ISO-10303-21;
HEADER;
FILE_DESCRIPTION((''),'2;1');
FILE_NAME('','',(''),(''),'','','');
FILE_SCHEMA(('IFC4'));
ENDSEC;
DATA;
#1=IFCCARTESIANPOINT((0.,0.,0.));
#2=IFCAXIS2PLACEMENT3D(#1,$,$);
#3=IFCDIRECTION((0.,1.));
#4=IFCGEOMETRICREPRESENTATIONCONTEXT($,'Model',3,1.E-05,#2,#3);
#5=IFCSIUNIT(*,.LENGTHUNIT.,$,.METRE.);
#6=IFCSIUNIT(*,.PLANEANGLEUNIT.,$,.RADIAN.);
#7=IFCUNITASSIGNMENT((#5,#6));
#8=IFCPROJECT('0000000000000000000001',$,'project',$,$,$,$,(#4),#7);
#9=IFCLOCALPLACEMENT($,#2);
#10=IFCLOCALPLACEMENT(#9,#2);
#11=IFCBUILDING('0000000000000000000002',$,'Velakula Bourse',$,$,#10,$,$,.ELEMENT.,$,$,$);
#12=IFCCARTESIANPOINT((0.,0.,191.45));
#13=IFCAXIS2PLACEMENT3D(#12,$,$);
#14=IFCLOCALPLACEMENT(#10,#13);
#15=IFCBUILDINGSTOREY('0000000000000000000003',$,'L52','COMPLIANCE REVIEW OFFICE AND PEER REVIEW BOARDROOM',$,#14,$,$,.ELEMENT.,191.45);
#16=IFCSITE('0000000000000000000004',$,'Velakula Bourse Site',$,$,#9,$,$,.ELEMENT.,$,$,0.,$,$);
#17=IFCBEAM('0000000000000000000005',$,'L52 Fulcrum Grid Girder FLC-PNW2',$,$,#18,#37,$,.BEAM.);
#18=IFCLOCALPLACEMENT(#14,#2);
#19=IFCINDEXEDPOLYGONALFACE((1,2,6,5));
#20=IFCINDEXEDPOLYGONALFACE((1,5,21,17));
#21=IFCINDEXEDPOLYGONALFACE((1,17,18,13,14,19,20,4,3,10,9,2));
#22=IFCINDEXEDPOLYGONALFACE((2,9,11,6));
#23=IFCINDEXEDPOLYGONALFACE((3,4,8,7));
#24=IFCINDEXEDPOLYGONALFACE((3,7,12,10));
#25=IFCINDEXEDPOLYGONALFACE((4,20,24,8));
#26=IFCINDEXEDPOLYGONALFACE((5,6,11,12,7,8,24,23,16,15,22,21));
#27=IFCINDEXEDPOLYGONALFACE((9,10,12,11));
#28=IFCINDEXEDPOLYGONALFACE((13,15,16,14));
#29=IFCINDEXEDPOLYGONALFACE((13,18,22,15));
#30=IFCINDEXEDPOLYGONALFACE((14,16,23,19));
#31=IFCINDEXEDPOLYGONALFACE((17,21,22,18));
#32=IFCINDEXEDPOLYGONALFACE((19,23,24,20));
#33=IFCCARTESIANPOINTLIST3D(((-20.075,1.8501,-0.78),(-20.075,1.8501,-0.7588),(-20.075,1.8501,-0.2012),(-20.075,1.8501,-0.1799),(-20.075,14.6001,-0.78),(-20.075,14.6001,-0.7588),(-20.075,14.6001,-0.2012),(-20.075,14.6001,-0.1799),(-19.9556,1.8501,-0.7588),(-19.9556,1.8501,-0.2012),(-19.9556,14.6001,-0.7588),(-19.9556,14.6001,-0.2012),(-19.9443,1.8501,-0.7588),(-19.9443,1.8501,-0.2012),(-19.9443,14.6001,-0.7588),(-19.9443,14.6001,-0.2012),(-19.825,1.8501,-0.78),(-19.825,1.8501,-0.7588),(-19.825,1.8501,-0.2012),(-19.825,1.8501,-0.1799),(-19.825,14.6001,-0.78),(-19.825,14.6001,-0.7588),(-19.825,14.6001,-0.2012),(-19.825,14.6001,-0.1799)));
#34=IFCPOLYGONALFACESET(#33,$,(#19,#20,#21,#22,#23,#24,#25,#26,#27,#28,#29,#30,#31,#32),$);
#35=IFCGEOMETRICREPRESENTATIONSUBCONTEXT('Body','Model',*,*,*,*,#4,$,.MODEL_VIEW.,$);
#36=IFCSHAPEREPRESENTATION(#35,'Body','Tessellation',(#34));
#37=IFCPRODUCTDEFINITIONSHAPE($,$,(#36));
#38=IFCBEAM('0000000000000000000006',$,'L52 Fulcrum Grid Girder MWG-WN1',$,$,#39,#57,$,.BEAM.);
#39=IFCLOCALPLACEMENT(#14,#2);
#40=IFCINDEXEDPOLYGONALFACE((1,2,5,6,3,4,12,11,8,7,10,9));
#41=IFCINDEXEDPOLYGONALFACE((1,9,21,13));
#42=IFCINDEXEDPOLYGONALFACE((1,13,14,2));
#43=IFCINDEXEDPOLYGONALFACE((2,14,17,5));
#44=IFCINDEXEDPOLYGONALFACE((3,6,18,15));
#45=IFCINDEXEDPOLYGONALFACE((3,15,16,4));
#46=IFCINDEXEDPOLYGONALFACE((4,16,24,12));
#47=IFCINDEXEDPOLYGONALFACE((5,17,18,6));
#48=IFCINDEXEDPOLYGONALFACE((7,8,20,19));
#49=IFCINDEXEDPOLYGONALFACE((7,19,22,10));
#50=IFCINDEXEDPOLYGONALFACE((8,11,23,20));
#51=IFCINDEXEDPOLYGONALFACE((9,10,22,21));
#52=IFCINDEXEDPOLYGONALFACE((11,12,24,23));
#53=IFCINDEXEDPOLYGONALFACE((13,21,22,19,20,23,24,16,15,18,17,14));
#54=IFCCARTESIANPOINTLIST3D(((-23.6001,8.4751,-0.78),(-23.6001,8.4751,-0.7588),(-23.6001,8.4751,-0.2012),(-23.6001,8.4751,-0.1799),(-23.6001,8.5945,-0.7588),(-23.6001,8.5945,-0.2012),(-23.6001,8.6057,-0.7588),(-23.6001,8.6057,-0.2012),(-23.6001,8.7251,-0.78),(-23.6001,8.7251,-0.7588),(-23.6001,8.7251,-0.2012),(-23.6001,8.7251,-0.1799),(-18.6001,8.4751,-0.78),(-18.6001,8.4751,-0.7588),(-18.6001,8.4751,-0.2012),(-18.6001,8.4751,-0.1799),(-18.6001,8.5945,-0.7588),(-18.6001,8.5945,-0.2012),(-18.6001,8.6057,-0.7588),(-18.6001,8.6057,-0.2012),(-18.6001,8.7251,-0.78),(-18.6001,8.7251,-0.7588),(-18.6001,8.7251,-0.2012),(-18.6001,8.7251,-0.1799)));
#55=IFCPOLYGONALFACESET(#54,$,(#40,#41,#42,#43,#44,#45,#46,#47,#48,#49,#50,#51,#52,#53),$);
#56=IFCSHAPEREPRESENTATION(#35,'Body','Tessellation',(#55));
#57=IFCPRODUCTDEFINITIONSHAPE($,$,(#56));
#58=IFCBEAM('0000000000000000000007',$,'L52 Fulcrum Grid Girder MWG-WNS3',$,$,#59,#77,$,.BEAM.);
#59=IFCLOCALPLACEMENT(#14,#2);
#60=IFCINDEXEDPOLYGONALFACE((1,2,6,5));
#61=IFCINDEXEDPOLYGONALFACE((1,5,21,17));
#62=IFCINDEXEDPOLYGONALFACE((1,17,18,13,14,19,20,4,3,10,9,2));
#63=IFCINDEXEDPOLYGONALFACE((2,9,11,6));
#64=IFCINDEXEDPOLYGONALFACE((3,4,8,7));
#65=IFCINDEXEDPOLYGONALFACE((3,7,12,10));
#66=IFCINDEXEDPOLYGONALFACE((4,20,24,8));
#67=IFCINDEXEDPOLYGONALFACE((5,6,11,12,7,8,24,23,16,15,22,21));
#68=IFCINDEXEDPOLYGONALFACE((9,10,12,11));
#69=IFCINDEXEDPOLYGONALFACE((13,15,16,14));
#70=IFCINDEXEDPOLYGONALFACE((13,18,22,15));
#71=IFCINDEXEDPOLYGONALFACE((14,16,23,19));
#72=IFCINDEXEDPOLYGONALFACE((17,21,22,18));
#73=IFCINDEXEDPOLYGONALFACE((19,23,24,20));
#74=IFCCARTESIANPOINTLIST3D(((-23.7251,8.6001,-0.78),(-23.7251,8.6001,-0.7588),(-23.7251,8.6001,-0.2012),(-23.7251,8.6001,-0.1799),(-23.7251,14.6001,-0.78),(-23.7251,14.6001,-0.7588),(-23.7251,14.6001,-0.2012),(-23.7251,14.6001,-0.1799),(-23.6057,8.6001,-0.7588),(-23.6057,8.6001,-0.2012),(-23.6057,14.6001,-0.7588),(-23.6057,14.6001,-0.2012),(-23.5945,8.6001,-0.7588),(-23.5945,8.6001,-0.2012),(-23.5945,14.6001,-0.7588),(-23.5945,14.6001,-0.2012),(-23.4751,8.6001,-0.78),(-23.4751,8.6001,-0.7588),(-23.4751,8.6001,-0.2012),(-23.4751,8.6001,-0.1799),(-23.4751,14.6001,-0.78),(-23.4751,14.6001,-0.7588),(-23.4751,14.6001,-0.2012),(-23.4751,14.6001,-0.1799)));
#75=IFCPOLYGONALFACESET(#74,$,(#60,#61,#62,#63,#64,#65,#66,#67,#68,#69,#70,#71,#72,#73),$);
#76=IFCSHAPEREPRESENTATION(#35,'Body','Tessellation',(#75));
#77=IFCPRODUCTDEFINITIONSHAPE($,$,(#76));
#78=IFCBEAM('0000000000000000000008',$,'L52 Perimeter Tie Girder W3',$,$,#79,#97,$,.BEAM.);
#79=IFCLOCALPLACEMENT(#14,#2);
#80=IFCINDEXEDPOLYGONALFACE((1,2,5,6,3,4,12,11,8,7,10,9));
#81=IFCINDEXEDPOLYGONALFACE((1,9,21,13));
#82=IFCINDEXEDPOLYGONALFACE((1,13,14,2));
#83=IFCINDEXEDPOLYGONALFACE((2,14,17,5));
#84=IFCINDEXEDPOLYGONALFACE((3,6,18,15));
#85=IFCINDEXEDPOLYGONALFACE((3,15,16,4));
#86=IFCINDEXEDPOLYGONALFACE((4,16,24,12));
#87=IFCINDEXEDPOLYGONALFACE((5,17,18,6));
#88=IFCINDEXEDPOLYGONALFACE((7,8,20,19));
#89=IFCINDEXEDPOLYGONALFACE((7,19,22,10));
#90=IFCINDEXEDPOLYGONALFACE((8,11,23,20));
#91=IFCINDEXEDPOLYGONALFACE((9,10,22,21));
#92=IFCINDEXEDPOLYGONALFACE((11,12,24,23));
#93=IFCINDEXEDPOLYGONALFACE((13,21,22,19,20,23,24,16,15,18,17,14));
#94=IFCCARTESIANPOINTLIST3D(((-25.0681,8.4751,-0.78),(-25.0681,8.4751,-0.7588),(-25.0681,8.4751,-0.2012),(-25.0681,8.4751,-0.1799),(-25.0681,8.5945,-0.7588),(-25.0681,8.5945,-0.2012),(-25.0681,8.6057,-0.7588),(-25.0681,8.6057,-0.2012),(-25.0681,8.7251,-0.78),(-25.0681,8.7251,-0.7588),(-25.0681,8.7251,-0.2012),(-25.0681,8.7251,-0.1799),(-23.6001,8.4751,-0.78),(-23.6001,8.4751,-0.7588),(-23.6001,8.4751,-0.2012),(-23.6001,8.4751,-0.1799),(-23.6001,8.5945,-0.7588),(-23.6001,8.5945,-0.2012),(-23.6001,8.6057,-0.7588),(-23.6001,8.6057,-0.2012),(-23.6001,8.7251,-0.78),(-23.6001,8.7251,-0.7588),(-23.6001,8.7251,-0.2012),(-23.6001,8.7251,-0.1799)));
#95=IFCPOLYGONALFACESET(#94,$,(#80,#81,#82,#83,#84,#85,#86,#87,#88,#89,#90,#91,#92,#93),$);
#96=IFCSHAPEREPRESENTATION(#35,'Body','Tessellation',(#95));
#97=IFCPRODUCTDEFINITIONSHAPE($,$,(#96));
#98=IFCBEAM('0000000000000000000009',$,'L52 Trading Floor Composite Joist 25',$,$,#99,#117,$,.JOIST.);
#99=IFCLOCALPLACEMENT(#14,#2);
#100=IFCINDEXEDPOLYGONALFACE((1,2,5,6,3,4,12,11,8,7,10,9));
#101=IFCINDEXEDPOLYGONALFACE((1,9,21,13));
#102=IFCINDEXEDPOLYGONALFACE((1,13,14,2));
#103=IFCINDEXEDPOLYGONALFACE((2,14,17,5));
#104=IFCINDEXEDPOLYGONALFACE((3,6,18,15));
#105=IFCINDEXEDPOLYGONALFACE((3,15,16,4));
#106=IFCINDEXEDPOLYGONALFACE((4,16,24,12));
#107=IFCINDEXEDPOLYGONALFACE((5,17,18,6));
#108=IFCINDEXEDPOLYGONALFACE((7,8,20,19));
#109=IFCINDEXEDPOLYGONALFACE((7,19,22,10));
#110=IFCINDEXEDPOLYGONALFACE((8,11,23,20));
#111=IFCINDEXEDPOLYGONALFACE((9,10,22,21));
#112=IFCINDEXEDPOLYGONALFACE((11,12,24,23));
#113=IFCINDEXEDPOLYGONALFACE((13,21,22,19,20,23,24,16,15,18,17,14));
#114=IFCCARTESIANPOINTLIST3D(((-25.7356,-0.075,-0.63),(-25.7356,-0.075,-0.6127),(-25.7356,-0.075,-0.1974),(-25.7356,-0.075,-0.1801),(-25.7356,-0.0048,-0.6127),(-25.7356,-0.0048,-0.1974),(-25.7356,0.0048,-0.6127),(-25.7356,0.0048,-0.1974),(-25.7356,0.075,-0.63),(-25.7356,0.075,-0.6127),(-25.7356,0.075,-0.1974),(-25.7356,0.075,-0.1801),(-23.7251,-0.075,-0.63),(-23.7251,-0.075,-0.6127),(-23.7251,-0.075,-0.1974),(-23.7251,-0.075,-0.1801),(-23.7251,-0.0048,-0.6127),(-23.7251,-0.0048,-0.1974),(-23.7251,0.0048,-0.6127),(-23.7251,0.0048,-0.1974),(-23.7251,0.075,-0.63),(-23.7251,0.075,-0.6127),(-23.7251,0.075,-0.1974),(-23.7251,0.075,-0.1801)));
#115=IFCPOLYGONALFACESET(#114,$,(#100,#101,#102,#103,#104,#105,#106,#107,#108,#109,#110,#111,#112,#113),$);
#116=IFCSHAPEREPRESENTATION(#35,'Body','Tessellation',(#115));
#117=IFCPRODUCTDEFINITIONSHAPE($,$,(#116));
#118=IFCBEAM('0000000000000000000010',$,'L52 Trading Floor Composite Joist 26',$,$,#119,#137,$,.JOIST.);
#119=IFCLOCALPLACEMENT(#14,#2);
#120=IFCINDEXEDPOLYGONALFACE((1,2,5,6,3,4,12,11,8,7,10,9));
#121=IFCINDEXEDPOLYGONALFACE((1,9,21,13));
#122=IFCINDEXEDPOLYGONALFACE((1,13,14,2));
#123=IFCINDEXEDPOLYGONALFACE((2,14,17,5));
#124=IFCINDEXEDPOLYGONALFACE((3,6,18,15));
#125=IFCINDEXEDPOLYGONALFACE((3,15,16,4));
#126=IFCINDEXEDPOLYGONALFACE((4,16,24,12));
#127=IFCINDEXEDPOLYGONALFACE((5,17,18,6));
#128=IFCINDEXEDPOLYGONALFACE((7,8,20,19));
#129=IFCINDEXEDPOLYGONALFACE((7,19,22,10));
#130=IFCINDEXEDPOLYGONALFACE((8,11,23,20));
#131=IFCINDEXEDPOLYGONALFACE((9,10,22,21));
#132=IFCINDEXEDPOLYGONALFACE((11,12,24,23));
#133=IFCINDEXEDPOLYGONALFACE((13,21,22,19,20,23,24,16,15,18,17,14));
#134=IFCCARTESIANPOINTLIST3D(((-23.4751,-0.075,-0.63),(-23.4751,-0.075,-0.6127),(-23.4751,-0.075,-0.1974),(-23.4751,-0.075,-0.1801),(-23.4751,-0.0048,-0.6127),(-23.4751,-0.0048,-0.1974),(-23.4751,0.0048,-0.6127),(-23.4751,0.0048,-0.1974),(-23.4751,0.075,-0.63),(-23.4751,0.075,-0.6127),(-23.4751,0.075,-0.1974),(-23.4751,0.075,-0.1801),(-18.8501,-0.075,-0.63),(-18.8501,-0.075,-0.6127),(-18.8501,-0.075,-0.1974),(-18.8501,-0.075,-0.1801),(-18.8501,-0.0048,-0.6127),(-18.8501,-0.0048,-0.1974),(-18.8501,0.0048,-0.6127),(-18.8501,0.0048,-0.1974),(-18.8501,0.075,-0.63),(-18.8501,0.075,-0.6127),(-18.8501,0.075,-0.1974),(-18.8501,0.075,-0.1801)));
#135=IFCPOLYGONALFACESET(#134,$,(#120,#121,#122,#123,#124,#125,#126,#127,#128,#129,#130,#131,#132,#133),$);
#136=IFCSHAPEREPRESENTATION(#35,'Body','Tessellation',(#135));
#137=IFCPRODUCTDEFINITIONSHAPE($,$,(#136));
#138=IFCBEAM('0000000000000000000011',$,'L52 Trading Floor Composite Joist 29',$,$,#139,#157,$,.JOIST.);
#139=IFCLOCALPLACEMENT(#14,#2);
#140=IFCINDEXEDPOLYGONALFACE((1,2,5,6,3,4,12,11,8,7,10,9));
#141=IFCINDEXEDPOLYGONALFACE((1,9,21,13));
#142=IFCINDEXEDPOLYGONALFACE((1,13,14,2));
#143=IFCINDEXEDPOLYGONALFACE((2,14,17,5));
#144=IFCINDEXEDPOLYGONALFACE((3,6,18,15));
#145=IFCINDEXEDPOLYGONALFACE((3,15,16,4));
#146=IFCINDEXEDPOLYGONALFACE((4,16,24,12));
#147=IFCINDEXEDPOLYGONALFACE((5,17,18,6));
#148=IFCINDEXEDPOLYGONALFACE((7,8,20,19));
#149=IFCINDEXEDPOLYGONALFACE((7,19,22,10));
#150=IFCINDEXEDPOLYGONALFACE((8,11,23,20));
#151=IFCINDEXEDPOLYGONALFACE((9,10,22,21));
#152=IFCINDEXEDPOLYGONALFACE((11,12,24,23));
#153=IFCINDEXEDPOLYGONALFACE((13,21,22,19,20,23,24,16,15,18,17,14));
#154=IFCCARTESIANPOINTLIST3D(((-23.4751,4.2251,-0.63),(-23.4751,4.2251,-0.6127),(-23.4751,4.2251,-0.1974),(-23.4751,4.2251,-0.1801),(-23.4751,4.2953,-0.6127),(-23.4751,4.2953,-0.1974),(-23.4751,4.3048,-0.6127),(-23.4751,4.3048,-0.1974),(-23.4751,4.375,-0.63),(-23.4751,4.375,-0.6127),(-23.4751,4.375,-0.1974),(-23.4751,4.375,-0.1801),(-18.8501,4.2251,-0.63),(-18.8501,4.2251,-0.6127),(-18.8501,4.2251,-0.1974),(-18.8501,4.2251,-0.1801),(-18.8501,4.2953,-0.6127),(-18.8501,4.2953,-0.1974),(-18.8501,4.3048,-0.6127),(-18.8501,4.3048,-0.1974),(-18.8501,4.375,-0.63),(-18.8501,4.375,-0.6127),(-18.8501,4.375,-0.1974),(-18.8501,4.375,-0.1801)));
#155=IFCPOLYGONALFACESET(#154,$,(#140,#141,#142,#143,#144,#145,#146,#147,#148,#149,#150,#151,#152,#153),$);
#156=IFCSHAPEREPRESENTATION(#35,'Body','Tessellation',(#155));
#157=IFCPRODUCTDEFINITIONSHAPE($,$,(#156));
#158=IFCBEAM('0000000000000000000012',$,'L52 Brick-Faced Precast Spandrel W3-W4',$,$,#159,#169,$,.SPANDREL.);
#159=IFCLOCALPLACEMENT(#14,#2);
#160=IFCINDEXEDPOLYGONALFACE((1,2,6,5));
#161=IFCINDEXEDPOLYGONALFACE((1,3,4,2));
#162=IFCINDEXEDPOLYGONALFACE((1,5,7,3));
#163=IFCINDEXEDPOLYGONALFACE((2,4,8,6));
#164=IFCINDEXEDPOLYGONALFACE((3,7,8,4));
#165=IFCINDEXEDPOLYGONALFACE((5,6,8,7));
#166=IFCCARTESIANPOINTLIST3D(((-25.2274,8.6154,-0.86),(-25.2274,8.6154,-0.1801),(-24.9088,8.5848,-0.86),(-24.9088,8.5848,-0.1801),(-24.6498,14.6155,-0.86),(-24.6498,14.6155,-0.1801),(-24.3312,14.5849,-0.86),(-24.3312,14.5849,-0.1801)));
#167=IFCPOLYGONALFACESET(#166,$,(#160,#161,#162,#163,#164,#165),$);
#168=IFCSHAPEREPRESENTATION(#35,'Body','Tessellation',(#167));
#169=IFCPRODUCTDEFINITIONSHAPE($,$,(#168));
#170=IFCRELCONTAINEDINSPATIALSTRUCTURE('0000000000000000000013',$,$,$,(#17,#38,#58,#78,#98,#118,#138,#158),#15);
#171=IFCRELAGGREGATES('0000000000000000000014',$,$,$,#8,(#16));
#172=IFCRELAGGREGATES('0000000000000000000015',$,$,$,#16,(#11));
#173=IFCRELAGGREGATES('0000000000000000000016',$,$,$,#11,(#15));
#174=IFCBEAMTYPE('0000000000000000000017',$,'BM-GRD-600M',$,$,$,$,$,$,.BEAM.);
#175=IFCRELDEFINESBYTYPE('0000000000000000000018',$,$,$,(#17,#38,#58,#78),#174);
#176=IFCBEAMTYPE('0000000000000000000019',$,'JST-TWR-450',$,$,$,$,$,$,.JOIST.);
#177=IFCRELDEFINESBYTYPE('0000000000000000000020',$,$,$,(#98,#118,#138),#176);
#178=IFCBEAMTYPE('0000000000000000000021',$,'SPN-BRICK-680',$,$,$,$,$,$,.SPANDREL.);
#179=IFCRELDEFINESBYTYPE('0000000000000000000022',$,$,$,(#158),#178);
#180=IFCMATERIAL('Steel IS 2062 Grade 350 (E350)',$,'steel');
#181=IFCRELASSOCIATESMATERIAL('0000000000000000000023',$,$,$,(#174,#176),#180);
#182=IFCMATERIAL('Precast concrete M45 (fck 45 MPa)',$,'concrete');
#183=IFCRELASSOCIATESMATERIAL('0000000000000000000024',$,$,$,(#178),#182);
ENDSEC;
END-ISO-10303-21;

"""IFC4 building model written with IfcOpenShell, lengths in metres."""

from ifc_helpers import new_model, si_unit, direction, frame, origin, origin_2d, place, context, subcontext, project, spatial, rectangle, i_section, extrude, material, material_profile, profile_set, type_object, element, save


model = new_model("IFC4")

# Units and contexts
model_context = context("Model", 3, precision=1e-05, world=origin(), true_north=direction((0.0, 1.0)))
body_context = subcontext(model_context, "Body", "Model", "MODEL_VIEW")
ifc_project = project(units=[si_unit("LENGTHUNIT", "METRE"), si_unit("PLANEANGLEUNIT", "RADIAN")], contexts=[model_context])

# Site, building, storey
site_placement = place(None, origin())
site = spatial("IfcSite", under=ifc_project, at=site_placement, Name="Velakula Bourse Site", CompositionType="ELEMENT", RefElevation=0.0)
building_placement = place(site_placement, origin())
building = spatial("IfcBuilding", under=site, at=building_placement, Name="Velakula Bourse", CompositionType="ELEMENT")
storey_placement = place(building_placement, frame((0.0, 0.0, 191.45)))
storey = spatial("IfcBuildingStorey", under=building, at=storey_placement, Name="L52", Description="COMPLIANCE REVIEW OFFICE AND PEER REVIEW BOARDROOM", CompositionType="ELEMENT", Elevation=191.45)

# Shared definitions
ifc_material_1 = material(Name="Steel IS 2062 Grade 350 (E350)", Category="steel")

# Beams
ifc_material_profile_1 = material_profile(ifc_material_1, i_section(OverallWidth=0.25, OverallDepth=0.6001, WebThickness=0.0112, FlangeThickness=0.0212, at=origin_2d()), Name="Steel IS 2062 Grade 350 (E350)")
ifc_profile_set_1 = profile_set([ifc_material_profile_1], Name="Steel IS 2062 Grade 350 (E350)")
beam_type_1 = type_object("IfcBeamType", Name="BM-GRD-600M", PredefinedType="BEAM", material=ifc_profile_set_1)
for number, where, z_axis, x_axis, name in (
    (1, (-19.95, 1.8501, -0.48), (0.0, 1.0, 0.0), (-1.0, 0.0, 0.0), "L52 Fulcrum Grid Girder FLC-PNW2"),
):
    element("IfcBeam", number, at=place(storey_placement, frame(where, z_axis=z_axis, x_axis=x_axis)), inside=storey, type_object=beam_type_1, Name=name, PredefinedType="BEAM", context=body_context, shape_type="SweptSolid", body=[
        extrude(i_section(OverallWidth=0.25, OverallDepth=0.6001, WebThickness=0.0112, FlangeThickness=0.0212, at=origin_2d()), origin(), (0.0, 0.0, 1.0), 12.75),
    ])
beam_1_placement = place(storey_placement, frame((-23.6001, 8.6001, -0.48), z_axis=(1.0, 0.0, 0.0), x_axis=(0.0, 1.0, 0.0)))
element("IfcBeam", 2, at=beam_1_placement, inside=storey, type_object=beam_type_1, Name="L52 Fulcrum Grid Girder MWG-WN1", PredefinedType="BEAM", context=body_context, shape_type="SweptSolid", body=[
    extrude(i_section(OverallWidth=0.25, OverallDepth=0.6001, WebThickness=0.0112, FlangeThickness=0.0212, at=origin_2d()), origin(), (0.0, 0.0, 1.0), 5.0),
])
beam_2_placement = place(storey_placement, frame((-23.6001, 8.6001, -0.48), z_axis=(0.0, 1.0, 0.0), x_axis=(-1.0, 0.0, 0.0)))
element("IfcBeam", 3, at=beam_2_placement, inside=storey, type_object=beam_type_1, Name="L52 Fulcrum Grid Girder MWG-WNS3", PredefinedType="BEAM", context=body_context, shape_type="SweptSolid", body=[
    extrude(i_section(OverallWidth=0.25, OverallDepth=0.6001, WebThickness=0.0112, FlangeThickness=0.0212, at=origin_2d()), origin(), (0.0, 0.0, 1.0), 6.0),
])
beam_3_placement = place(storey_placement, frame((-23.6001, 8.6001, -0.48), z_axis=(-1.0, 0.0, 0.0), x_axis=(0.0, -1.0, 0.0)))
element("IfcBeam", 4, at=beam_3_placement, inside=storey, type_object=beam_type_1, Name="L52 Perimeter Tie Girder W3", PredefinedType="BEAM", context=body_context, shape_type="SweptSolid", body=[
    extrude(i_section(OverallWidth=0.25, OverallDepth=0.6001, WebThickness=0.0112, FlangeThickness=0.0212, at=origin_2d()), origin(), (0.0, 0.0, 1.0), 1.468),
])
ifc_material_profile_2 = material_profile(ifc_material_1, i_section(OverallWidth=0.1499, OverallDepth=0.45, WebThickness=0.0095, FlangeThickness=0.0173, at=origin_2d()), Name="Steel IS 2062 Grade 350 (E350)")
ifc_profile_set_2 = profile_set([ifc_material_profile_2], Name="Steel IS 2062 Grade 350 (E350)")
beam_type_2 = type_object("IfcBeamType", Name="JST-TWR-450", PredefinedType="JOIST", material=ifc_profile_set_2)
beam_4_placement = place(storey_placement, frame((-25.7356, 0.0, -0.405), z_axis=(1.0, 0.0, 0.0), x_axis=(0.0, 1.0, 0.0)))
element("IfcBeam", 5, at=beam_4_placement, inside=storey, type_object=beam_type_2, Name="L52 Trading Floor Composite Joist 25", PredefinedType="JOIST", context=body_context, shape_type="SweptSolid", body=[
    extrude(i_section(OverallWidth=0.1499, OverallDepth=0.45, WebThickness=0.0095, FlangeThickness=0.0173, at=origin_2d()), origin(), (0.0, 0.0, 1.0), 2.0105),
])
for number, where, z_axis, x_axis, name in (
    (6, (-23.4751, 0.0, -0.405), (1.0, 0.0, 0.0), (0.0, 1.0, 0.0), "L52 Trading Floor Composite Joist 26"),
    (7, (-23.4751, 4.3, -0.405), (1.0, 0.0, 0.0), (0.0, 1.0, 0.0), "L52 Trading Floor Composite Joist 29"),
):
    element("IfcBeam", number, at=place(storey_placement, frame(where, z_axis=z_axis, x_axis=x_axis)), inside=storey, type_object=beam_type_2, Name=name, PredefinedType="JOIST", context=body_context, shape_type="SweptSolid", body=[
        extrude(i_section(OverallWidth=0.1499, OverallDepth=0.45, WebThickness=0.0095, FlangeThickness=0.0173, at=origin_2d()), origin(), (0.0, 0.0, 1.0), 4.625),
    ])
ifc_material_2 = material(Name="Precast concrete M45 (fck 45 MPa)", Category="concrete")
ifc_material_profile_3 = material_profile(ifc_material_2, rectangle(XDim=0.3201, YDim=0.6799, at=origin_2d()), Name="Precast concrete M45 (fck 45 MPa)")
ifc_profile_set_3 = profile_set([ifc_material_profile_3], Name="Precast concrete M45 (fck 45 MPa)")
beam_type_3 = type_object("IfcBeamType", Name="SPN-BRICK-680", PredefinedType="SPANDREL", material=ifc_profile_set_3)
beam_5_placement = place(storey_placement, frame((-25.0681, 8.6001, -0.52), z_axis=(0.09583, 0.995398, 0.0), x_axis=(-0.995398, 0.09583, 0.0)))
element("IfcBeam", 8, at=beam_5_placement, inside=storey, type_object=beam_type_3, Name="L52 Brick-Faced Precast Spandrel W3-W4", PredefinedType="SPANDREL", context=body_context, shape_type="SweptSolid", body=[
    extrude(rectangle(XDim=0.3201, YDim=0.6799, at=origin_2d()), origin(), (0.0, 0.0, 1.0), 6.0278),
])

save(model, "model.ifc")
